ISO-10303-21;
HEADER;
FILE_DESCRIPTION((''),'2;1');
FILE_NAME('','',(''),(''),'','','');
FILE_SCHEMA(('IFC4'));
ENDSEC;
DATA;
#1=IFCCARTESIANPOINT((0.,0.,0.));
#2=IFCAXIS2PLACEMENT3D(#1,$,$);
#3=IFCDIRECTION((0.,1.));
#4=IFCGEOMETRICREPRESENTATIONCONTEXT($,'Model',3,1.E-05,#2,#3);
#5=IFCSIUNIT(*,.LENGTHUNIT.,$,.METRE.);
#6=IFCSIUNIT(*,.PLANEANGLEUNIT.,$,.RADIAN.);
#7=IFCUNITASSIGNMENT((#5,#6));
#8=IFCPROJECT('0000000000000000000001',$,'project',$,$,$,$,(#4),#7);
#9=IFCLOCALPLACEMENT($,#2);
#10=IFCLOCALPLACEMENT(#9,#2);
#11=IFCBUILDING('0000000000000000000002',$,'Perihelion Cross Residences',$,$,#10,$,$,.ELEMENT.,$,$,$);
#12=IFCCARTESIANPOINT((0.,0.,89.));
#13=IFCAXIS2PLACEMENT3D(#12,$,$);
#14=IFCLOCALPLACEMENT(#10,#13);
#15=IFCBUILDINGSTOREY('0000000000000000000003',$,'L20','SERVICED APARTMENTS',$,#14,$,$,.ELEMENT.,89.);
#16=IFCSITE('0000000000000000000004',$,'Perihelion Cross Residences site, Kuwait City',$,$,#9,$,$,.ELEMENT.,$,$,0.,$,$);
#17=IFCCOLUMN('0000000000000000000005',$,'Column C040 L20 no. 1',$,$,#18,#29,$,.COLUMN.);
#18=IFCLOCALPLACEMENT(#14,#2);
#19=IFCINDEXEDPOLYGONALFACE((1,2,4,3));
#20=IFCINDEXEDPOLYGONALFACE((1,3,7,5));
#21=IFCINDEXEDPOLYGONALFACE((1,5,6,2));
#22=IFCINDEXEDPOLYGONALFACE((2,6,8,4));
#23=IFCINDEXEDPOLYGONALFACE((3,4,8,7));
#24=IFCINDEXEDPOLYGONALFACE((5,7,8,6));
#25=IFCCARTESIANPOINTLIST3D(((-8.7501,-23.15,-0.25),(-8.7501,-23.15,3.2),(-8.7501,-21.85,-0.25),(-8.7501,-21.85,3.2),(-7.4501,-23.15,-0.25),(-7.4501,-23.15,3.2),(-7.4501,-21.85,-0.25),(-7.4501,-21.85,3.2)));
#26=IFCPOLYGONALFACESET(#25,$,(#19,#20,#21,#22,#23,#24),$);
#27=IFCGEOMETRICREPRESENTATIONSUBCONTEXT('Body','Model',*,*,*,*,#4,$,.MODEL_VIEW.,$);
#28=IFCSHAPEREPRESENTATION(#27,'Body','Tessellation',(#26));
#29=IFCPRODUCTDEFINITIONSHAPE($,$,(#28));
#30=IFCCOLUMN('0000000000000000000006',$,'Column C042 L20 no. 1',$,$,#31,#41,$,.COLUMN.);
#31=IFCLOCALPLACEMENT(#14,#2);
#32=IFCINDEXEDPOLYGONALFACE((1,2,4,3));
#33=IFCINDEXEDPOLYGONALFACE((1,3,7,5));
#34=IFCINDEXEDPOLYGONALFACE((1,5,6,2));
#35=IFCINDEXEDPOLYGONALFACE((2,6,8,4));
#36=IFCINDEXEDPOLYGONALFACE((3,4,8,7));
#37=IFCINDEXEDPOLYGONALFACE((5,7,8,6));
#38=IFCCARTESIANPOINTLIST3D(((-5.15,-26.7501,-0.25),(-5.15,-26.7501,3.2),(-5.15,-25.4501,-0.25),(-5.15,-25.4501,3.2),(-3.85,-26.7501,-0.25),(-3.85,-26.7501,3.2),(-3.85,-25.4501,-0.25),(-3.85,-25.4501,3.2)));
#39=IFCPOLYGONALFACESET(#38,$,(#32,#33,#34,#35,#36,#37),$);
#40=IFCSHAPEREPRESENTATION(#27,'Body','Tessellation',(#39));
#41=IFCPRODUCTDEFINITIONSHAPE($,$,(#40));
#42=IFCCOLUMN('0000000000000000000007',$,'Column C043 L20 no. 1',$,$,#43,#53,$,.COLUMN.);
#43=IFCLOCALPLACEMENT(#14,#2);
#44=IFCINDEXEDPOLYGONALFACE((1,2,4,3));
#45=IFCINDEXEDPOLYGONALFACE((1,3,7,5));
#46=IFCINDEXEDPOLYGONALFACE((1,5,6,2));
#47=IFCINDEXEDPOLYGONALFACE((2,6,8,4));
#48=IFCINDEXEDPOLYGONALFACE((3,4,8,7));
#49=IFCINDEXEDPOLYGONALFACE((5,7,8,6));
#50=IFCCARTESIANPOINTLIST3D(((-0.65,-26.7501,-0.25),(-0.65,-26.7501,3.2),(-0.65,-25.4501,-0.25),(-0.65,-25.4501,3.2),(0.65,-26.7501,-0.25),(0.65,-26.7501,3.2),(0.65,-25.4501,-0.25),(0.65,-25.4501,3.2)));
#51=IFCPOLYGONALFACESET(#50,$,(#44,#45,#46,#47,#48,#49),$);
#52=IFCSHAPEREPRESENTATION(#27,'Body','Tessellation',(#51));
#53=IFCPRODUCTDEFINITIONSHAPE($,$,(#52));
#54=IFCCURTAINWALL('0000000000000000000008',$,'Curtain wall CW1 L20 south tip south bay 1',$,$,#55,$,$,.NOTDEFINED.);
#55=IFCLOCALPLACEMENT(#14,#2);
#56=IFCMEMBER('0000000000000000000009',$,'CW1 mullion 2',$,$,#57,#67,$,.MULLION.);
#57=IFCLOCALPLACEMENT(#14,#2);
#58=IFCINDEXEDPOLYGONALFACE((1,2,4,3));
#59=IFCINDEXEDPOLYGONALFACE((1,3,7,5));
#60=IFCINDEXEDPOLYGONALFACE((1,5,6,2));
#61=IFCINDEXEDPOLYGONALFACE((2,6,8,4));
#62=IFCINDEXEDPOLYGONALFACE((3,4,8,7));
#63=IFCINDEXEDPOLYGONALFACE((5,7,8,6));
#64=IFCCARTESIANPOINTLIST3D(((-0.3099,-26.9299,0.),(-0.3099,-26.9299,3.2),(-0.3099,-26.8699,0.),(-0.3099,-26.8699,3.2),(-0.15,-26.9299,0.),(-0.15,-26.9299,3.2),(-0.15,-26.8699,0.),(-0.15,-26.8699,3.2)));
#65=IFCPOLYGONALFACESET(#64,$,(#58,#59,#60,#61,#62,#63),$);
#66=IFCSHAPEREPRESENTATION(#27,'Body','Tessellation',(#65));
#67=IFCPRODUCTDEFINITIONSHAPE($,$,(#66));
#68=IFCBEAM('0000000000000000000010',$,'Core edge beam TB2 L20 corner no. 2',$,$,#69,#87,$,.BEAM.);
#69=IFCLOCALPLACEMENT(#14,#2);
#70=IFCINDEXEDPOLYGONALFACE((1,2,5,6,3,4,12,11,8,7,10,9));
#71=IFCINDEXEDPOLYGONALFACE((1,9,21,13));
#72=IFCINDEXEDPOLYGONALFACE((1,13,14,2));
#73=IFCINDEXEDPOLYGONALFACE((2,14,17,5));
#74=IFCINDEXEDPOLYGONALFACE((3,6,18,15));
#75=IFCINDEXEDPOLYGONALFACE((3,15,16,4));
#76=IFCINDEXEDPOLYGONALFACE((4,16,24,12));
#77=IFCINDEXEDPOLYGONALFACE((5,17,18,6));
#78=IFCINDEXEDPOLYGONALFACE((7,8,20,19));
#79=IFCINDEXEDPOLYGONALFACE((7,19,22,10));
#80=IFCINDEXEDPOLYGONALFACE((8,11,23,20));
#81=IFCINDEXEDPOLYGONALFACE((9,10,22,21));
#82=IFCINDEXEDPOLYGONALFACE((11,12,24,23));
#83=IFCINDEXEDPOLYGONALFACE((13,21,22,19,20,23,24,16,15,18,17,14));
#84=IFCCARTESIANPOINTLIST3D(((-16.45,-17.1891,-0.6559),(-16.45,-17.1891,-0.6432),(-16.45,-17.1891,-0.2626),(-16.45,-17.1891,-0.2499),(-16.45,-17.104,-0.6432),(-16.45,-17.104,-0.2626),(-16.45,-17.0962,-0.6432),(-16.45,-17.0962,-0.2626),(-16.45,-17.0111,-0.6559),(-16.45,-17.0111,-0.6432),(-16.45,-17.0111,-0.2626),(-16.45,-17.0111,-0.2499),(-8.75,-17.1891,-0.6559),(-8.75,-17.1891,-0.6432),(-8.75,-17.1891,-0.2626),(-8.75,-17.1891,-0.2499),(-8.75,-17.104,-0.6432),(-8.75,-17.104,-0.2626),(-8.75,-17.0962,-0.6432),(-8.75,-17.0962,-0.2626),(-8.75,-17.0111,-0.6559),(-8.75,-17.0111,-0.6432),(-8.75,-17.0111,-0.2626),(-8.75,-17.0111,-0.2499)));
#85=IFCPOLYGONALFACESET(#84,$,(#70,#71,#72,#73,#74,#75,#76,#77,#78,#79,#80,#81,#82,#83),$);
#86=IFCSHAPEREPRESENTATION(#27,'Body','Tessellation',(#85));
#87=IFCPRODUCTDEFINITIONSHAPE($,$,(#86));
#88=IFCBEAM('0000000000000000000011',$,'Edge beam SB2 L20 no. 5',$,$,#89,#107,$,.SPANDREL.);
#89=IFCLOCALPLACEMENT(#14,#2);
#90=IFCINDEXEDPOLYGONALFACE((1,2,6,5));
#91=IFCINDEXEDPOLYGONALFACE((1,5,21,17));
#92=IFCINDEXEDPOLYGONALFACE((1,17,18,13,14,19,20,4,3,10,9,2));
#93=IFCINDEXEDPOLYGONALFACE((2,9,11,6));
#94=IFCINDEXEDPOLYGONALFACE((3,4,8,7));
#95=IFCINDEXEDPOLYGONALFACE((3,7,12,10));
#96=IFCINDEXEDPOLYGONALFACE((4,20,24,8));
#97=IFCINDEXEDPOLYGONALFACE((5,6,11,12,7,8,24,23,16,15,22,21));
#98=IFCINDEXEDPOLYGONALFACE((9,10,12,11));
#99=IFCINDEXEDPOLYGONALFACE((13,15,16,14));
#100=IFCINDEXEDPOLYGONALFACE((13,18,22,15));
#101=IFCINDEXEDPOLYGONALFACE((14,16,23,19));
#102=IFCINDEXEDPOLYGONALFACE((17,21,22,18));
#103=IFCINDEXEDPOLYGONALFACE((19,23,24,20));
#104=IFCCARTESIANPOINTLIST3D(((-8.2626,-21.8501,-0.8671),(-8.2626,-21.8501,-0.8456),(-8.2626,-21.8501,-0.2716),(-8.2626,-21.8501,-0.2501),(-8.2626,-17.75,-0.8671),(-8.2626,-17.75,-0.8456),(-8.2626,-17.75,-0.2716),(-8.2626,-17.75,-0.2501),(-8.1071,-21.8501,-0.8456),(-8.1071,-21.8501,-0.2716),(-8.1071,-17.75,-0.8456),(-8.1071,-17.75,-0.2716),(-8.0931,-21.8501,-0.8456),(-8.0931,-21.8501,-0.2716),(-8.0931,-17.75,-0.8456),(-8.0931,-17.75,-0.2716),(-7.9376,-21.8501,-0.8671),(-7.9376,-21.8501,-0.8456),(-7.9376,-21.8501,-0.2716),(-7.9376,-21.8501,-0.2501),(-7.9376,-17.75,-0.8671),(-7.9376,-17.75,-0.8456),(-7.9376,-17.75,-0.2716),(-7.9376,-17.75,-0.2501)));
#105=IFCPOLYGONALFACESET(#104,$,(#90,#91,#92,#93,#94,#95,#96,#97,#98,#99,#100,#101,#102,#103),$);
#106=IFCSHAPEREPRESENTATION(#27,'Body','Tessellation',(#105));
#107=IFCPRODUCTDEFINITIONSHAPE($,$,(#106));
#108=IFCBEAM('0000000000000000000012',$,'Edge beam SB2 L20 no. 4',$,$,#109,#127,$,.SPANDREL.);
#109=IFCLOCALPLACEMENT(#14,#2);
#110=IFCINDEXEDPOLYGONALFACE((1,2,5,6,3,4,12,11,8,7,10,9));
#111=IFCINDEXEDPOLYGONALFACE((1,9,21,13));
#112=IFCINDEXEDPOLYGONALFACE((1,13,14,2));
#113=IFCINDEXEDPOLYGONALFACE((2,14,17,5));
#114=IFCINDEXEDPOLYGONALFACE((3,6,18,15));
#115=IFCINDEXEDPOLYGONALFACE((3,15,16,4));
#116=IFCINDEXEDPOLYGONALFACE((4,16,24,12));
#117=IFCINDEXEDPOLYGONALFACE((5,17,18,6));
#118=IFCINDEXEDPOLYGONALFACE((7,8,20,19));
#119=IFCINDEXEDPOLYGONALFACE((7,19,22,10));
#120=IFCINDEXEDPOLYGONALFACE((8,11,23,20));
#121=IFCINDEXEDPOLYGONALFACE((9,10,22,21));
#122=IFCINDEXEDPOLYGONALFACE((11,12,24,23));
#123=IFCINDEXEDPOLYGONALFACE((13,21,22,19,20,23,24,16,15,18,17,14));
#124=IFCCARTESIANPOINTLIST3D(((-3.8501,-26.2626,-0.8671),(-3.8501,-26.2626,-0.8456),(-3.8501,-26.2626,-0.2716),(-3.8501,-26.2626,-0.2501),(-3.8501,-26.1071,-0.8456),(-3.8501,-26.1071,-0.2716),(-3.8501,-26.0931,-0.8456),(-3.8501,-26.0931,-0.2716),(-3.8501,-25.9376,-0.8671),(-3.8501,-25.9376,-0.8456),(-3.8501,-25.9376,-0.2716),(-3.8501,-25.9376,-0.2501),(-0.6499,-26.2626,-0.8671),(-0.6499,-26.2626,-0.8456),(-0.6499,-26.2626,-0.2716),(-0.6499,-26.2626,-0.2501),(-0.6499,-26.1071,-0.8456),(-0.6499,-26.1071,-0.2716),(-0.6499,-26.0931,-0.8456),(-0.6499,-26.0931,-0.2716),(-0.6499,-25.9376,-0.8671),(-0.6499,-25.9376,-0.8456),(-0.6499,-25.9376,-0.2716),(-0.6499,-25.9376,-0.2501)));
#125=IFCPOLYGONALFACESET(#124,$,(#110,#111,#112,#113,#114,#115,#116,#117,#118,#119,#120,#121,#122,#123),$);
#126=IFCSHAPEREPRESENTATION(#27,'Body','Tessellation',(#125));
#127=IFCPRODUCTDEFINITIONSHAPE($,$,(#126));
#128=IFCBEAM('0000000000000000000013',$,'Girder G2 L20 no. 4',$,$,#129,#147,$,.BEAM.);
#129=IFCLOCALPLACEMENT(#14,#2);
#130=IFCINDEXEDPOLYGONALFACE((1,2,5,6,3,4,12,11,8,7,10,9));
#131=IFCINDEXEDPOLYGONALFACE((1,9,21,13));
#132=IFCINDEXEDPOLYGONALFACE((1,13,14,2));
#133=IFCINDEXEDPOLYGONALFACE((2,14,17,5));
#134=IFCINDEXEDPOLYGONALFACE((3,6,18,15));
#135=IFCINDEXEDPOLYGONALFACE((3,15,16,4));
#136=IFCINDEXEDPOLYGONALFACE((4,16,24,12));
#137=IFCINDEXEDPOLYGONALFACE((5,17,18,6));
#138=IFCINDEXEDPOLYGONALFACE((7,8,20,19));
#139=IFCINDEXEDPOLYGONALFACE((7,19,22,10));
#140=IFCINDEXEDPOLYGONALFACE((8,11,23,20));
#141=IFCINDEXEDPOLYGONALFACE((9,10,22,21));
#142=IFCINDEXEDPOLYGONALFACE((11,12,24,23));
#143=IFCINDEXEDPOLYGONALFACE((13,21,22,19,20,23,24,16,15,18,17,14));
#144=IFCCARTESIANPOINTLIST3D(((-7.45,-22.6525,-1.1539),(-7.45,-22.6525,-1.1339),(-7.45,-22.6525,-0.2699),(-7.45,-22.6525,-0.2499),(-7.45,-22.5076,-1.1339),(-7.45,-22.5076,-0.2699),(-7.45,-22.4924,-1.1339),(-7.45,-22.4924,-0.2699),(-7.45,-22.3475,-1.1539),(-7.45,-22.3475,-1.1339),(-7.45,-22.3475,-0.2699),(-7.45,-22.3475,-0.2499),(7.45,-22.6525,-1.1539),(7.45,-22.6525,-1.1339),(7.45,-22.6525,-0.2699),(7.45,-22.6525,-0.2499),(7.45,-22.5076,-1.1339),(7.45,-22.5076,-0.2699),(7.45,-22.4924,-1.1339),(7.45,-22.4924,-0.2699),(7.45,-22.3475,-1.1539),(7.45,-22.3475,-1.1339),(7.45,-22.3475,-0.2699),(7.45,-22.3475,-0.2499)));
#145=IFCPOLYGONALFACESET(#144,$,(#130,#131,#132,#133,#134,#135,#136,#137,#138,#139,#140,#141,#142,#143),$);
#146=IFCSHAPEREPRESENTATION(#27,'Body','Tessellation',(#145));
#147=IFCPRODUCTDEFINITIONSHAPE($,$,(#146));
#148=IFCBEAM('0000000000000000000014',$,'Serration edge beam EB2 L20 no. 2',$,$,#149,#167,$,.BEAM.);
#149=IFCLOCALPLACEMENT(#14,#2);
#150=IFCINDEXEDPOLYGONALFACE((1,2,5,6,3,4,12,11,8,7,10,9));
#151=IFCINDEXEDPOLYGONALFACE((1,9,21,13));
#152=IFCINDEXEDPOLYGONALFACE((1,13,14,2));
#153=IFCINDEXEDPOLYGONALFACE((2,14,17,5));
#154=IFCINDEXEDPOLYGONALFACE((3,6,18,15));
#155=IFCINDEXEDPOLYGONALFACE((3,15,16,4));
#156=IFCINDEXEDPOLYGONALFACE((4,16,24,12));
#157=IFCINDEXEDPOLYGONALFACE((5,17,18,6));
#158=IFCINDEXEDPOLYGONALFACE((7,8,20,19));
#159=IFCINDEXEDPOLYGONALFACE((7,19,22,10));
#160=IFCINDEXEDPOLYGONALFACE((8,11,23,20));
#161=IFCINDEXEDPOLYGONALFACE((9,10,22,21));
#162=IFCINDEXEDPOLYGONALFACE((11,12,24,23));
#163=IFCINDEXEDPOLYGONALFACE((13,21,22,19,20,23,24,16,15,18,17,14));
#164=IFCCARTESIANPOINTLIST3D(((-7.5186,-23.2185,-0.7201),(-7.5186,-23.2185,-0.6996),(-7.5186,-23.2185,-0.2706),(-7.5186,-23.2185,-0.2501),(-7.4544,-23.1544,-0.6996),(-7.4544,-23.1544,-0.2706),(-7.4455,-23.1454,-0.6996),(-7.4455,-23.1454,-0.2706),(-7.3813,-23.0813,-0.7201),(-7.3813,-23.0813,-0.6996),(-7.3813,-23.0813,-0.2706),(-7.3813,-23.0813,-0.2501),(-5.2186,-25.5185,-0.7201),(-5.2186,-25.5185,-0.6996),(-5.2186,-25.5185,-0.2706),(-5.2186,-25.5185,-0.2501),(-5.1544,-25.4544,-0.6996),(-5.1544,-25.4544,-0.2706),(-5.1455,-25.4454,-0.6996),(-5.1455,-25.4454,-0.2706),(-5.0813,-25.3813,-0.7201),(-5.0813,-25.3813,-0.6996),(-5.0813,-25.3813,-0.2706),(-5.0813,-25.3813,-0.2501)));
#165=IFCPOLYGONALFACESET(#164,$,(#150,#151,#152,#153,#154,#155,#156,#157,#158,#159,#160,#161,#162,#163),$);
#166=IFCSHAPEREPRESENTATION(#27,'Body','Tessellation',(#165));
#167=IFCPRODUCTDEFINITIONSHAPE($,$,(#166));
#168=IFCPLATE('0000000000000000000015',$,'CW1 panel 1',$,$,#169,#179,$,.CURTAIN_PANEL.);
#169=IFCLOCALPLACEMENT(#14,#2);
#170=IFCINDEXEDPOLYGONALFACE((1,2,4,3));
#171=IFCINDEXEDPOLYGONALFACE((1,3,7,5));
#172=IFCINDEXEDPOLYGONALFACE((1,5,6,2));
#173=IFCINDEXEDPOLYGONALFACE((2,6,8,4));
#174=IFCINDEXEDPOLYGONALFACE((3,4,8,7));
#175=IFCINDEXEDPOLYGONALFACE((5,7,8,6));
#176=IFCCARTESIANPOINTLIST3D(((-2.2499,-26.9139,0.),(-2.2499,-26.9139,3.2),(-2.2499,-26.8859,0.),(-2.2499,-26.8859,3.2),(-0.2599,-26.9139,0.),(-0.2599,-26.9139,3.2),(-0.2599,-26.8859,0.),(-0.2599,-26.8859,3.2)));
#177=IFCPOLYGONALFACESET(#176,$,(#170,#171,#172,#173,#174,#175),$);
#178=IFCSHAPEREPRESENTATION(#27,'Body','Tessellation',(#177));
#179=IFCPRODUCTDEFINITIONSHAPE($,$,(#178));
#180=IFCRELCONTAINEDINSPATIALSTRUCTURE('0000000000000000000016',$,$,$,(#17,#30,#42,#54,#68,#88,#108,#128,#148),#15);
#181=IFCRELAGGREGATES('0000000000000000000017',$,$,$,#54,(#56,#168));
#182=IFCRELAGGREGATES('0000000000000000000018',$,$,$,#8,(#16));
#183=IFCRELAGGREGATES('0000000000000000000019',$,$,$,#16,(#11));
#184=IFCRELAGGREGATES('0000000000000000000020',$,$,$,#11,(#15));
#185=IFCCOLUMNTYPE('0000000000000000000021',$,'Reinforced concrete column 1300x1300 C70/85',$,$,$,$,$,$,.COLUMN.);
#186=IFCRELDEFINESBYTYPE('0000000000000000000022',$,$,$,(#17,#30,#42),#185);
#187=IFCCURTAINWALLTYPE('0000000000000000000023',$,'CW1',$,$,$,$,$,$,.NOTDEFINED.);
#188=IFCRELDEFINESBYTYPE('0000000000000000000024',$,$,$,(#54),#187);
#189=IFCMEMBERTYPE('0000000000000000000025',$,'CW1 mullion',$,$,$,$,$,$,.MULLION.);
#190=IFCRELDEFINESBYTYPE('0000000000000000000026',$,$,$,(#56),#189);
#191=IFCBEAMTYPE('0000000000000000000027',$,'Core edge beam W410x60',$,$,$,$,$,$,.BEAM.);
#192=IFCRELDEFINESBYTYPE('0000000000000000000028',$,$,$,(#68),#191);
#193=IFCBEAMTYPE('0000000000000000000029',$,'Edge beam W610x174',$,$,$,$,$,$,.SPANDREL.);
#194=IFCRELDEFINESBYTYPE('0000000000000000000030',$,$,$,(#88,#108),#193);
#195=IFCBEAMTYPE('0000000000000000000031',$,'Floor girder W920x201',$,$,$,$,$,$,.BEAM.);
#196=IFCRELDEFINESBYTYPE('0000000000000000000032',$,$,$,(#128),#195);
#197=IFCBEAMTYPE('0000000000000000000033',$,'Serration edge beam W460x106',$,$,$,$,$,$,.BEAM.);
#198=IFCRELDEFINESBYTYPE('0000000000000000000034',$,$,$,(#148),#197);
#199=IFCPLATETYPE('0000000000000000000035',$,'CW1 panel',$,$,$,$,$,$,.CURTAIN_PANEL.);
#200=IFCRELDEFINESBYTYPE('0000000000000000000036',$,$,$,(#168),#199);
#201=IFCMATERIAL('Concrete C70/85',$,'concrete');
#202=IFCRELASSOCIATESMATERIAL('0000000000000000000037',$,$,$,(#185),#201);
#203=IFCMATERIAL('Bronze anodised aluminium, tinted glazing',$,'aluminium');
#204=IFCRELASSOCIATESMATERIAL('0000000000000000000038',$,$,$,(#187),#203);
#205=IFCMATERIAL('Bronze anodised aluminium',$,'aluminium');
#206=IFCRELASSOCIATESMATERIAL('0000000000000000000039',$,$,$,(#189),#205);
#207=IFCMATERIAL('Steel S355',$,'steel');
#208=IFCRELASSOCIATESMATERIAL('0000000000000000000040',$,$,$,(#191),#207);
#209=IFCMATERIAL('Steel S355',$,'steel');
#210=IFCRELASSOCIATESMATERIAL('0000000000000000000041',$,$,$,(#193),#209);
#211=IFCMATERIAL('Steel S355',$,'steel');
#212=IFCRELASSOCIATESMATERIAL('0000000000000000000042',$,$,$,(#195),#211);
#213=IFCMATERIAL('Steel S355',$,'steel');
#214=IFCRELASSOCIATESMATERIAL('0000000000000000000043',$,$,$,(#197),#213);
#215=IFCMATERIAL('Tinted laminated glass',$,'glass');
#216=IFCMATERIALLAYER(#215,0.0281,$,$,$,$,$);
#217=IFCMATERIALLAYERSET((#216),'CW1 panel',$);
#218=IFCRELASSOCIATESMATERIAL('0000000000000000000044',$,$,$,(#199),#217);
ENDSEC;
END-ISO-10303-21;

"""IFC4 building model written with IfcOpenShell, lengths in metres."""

from ifc_helpers import new_model, si_unit, direction, frame, origin, origin_2d, place, context, subcontext, project, spatial, rectangle, i_section, extrude, material, layer, layer_set, material_profile, profile_set, type_object, element, aggregate, save


model = new_model("IFC4")

# Units and contexts
model_context = context("Model", 3, precision=1e-05, world=origin(), true_north=direction((0.0, 1.0)))
body_context = subcontext(model_context, "Body", "Model", "MODEL_VIEW")
ifc_project = project(units=[si_unit("LENGTHUNIT", "METRE"), si_unit("PLANEANGLEUNIT", "RADIAN")], contexts=[model_context])

# Site, building, storey
site_placement = place(None, origin())
site = spatial("IfcSite", under=ifc_project, at=site_placement, Name="Perihelion Cross Residences site, Kuwait City", CompositionType="ELEMENT", RefElevation=0.0)
building_placement = place(site_placement, origin())
building = spatial("IfcBuilding", under=site, at=building_placement, Name="Perihelion Cross Residences", CompositionType="ELEMENT")
storey_placement = place(building_placement, frame((0.0, 0.0, 89.0)))
storey = spatial("IfcBuildingStorey", under=building, at=storey_placement, Name="L20", Description="SERVICED APARTMENTS", CompositionType="ELEMENT", Elevation=89.0)

# Columns
ifc_material_1 = material(Name="Concrete C70/85", Category="concrete")
ifc_material_profile_1 = material_profile(ifc_material_1, rectangle(XDim=1.3, YDim=1.3, at=origin_2d()), Name="RC 1300x1300")
ifc_profile_set_1 = profile_set([ifc_material_profile_1], Name="Concrete C70/85")
column_type = type_object("IfcColumnType", Name="Reinforced concrete column 1300x1300 C70/85", PredefinedType="COLUMN", material=ifc_profile_set_1)
for number, where, z_axis, x_axis, name in (
    (1, (-8.1001, -22.5, -0.25), (0.0, 0.0, 1.0), (1.0, 0.0, 0.0), "Column C040 L20 no. 1"),
    (2, (-4.5, -26.1001, -0.25), (0.0, 0.0, 1.0), (1.0, 0.0, 0.0), "Column C042 L20 no. 1"),
    (3, (0.0, -26.1001, -0.25), (0.0, 0.0, 1.0), (1.0, 0.0, 0.0), "Column C043 L20 no. 1"),
):
    element("IfcColumn", number, at=place(storey_placement, frame(where, z_axis=z_axis, x_axis=x_axis)), inside=storey, type_object=column_type, Name=name, PredefinedType="COLUMN", context=body_context, shape_type="SweptSolid", body=[
        extrude(rectangle(XDim=1.3, YDim=1.3, at=origin_2d()), origin(), (0.0, 0.0, 1.0), 3.45),
    ])

# Curtain wall, member
ifc_material_2 = material(Name="Bronze anodised aluminium, tinted glazing", Category="aluminium")
curtain_wall_type = type_object("IfcCurtainWallType", Name="CW1", PredefinedType="NOTDEFINED", material=ifc_material_2)
curtain_wall_placement = place(storey_placement, origin())
curtain_wall = element("IfcCurtainWall", 4, at=curtain_wall_placement, inside=storey, type_object=curtain_wall_type, Name="Curtain wall CW1 L20 south tip south bay 1", PredefinedType="NOTDEFINED")
ifc_material_3 = material(Name="Bronze anodised aluminium", Category="aluminium")
ifc_material_profile_2 = material_profile(ifc_material_3, rectangle(XDim=0.0601, YDim=0.1599, at=origin_2d()), Name="CW1 mullion")
ifc_profile_set_2 = profile_set([ifc_material_profile_2], Name="Bronze anodised aluminium")
member_type = type_object("IfcMemberType", Name="CW1 mullion", PredefinedType="MULLION", material=ifc_profile_set_2)
member_placement = place(storey_placement, frame((-0.23, -26.8999, 0.0), z_axis=(0.0, 0.0, 1.0), x_axis=(0.0, 1.0, 0.0)))
member = element("IfcMember", 5, at=member_placement, type_object=member_type, Name="CW1 mullion 2", PredefinedType="MULLION", context=body_context, shape_type="SweptSolid", body=[
    extrude(rectangle(XDim=0.0601, YDim=0.1599, at=origin_2d()), origin(), (0.0, 0.0, 1.0), 3.2),
])

# Beams
ifc_material_4 = material(Name="Steel S355", Category="steel")
ifc_material_profile_3 = material_profile(ifc_material_4, i_section(OverallWidth=0.178, OverallDepth=0.406, WebThickness=0.0078, FlangeThickness=0.0127, at=origin_2d()), Name="W410x60")
ifc_profile_set_3 = profile_set([ifc_material_profile_3], Name="Steel S355")
beam_type_1 = type_object("IfcBeamType", Name="Core edge beam W410x60", PredefinedType="BEAM", material=ifc_profile_set_3)
beam_1_placement = place(storey_placement, frame((-8.75, -17.1001, -0.4529), z_axis=(-1.0, 0.0, 0.0), x_axis=(0.0, -1.0, 0.0)))
element("IfcBeam", 6, at=beam_1_placement, inside=storey, type_object=beam_type_1, Name="Core edge beam TB2 L20 corner no. 2", PredefinedType="BEAM", context=body_context, shape_type="SweptSolid", body=[
    extrude(i_section(OverallWidth=0.178, OverallDepth=0.406, WebThickness=0.0078, FlangeThickness=0.0127, at=origin_2d()), origin(), (0.0, 0.0, 1.0), 7.7),
])
ifc_material_5 = material(Name="Steel S355", Category="steel")
ifc_material_profile_4 = material_profile(ifc_material_5, i_section(OverallWidth=0.325, OverallDepth=0.6169, WebThickness=0.0139, FlangeThickness=0.0215, at=origin_2d()), Name="W610x174")
ifc_profile_set_4 = profile_set([ifc_material_profile_4], Name="Steel S355")
beam_type_2 = type_object("IfcBeamType", Name="Edge beam W610x174", PredefinedType="SPANDREL", material=ifc_profile_set_4)
beam_2_placement = place(storey_placement, frame((-8.1001, -17.75, -0.5586), z_axis=(0.0, -1.0, 0.0), x_axis=(1.0, 0.0, 0.0)))
element("IfcBeam", 7, at=beam_2_placement, inside=storey, type_object=beam_type_2, Name="Edge beam SB2 L20 no. 5", PredefinedType="SPANDREL", context=body_context, shape_type="SweptSolid", body=[
    extrude(i_section(OverallWidth=0.325, OverallDepth=0.6169, WebThickness=0.0139, FlangeThickness=0.0215, at=origin_2d()), origin(), (0.0, 0.0, 1.0), 4.1001),
])
beam_3_placement = place(storey_placement, frame((-3.8501, -26.1001, -0.5586), z_axis=(1.0, 0.0, 0.0), x_axis=(0.0, 1.0, 0.0)))
element("IfcBeam", 8, at=beam_3_placement, inside=storey, type_object=beam_type_2, Name="Edge beam SB2 L20 no. 4", PredefinedType="SPANDREL", context=body_context, shape_type="SweptSolid", body=[
    extrude(i_section(OverallWidth=0.325, OverallDepth=0.6169, WebThickness=0.0139, FlangeThickness=0.0215, at=origin_2d()), origin(), (0.0, 0.0, 1.0), 3.2002),
])
ifc_material_6 = material(Name="Steel S355", Category="steel")
ifc_material_profile_5 = material_profile(ifc_material_6, i_section(OverallWidth=0.3049, OverallDepth=0.9041, WebThickness=0.0151, FlangeThickness=0.02, at=origin_2d()), Name="W920x201")
ifc_profile_set_5 = profile_set([ifc_material_profile_5], Name="Steel S355")
beam_type_3 = type_object("IfcBeamType", Name="Floor girder W920x201", PredefinedType="BEAM", material=ifc_profile_set_5)
beam_4_placement = place(storey_placement, frame((-7.45, -22.5, -0.7019), z_axis=(1.0, 0.0, 0.0), x_axis=(0.0, 1.0, 0.0)))
element("IfcBeam", 9, at=beam_4_placement, inside=storey, type_object=beam_type_3, Name="Girder G2 L20 no. 4", PredefinedType="BEAM", context=body_context, shape_type="SweptSolid", body=[
    extrude(i_section(OverallWidth=0.3049, OverallDepth=0.9041, WebThickness=0.0151, FlangeThickness=0.02, at=origin_2d()), origin(), (0.0, 0.0, 1.0), 14.8999),
])
ifc_material_7 = material(Name="Steel S355", Category="steel")
ifc_material_profile_6 = material_profile(ifc_material_7, i_section(OverallWidth=0.1941, OverallDepth=0.47, WebThickness=0.0127, FlangeThickness=0.0205, at=origin_2d()), Name="W460x106")
ifc_profile_set_6 = profile_set([ifc_material_profile_6], Name="Steel S355")
beam_type_4 = type_object("IfcBeamType", Name="Serration edge beam W460x106", PredefinedType="BEAM", material=ifc_profile_set_6)
beam_5_placement = place(storey_placement, frame((-7.45, -23.1499, -0.4851), z_axis=(0.707107, -0.707107, 0.0), x_axis=(0.707107, 0.707107, 0.0)))
element("IfcBeam", 10, at=beam_5_placement, inside=storey, type_object=beam_type_4, Name="Serration edge beam EB2 L20 no. 2", PredefinedType="BEAM", context=body_context, shape_type="SweptSolid", body=[
    extrude(i_section(OverallWidth=0.1941, OverallDepth=0.47, WebThickness=0.0127, FlangeThickness=0.0205, at=origin_2d()), origin(), (0.0, 0.0, 1.0), 3.2527),
])

# Plate
ifc_material_8 = material(Name="Tinted laminated glass", Category="glass")
ifc_layer_1 = layer(ifc_material_8, 0.0281)
ifc_layer_set_1 = layer_set([ifc_layer_1], Name="CW1 panel")
plate_type = type_object("IfcPlateType", Name="CW1 panel", PredefinedType="CURTAIN_PANEL", material=ifc_layer_set_1)
plate_placement = place(storey_placement, frame((-1.2549, -26.8999, 0.0), z_axis=(0.0, 0.0, 1.0), x_axis=(1.0, 0.0, 0.0)))
plate = element("IfcPlate", 11, at=plate_placement, type_object=plate_type, Name="CW1 panel 1", PredefinedType="CURTAIN_PANEL", context=body_context, shape_type="SweptSolid", body=[
    extrude(rectangle(XDim=1.99, YDim=0.0281, at=origin_2d()), origin(), (0.0, 0.0, 1.0), 3.2),
])
aggregate(curtain_wall, [member, plate])

save(model, "model.ifc")
